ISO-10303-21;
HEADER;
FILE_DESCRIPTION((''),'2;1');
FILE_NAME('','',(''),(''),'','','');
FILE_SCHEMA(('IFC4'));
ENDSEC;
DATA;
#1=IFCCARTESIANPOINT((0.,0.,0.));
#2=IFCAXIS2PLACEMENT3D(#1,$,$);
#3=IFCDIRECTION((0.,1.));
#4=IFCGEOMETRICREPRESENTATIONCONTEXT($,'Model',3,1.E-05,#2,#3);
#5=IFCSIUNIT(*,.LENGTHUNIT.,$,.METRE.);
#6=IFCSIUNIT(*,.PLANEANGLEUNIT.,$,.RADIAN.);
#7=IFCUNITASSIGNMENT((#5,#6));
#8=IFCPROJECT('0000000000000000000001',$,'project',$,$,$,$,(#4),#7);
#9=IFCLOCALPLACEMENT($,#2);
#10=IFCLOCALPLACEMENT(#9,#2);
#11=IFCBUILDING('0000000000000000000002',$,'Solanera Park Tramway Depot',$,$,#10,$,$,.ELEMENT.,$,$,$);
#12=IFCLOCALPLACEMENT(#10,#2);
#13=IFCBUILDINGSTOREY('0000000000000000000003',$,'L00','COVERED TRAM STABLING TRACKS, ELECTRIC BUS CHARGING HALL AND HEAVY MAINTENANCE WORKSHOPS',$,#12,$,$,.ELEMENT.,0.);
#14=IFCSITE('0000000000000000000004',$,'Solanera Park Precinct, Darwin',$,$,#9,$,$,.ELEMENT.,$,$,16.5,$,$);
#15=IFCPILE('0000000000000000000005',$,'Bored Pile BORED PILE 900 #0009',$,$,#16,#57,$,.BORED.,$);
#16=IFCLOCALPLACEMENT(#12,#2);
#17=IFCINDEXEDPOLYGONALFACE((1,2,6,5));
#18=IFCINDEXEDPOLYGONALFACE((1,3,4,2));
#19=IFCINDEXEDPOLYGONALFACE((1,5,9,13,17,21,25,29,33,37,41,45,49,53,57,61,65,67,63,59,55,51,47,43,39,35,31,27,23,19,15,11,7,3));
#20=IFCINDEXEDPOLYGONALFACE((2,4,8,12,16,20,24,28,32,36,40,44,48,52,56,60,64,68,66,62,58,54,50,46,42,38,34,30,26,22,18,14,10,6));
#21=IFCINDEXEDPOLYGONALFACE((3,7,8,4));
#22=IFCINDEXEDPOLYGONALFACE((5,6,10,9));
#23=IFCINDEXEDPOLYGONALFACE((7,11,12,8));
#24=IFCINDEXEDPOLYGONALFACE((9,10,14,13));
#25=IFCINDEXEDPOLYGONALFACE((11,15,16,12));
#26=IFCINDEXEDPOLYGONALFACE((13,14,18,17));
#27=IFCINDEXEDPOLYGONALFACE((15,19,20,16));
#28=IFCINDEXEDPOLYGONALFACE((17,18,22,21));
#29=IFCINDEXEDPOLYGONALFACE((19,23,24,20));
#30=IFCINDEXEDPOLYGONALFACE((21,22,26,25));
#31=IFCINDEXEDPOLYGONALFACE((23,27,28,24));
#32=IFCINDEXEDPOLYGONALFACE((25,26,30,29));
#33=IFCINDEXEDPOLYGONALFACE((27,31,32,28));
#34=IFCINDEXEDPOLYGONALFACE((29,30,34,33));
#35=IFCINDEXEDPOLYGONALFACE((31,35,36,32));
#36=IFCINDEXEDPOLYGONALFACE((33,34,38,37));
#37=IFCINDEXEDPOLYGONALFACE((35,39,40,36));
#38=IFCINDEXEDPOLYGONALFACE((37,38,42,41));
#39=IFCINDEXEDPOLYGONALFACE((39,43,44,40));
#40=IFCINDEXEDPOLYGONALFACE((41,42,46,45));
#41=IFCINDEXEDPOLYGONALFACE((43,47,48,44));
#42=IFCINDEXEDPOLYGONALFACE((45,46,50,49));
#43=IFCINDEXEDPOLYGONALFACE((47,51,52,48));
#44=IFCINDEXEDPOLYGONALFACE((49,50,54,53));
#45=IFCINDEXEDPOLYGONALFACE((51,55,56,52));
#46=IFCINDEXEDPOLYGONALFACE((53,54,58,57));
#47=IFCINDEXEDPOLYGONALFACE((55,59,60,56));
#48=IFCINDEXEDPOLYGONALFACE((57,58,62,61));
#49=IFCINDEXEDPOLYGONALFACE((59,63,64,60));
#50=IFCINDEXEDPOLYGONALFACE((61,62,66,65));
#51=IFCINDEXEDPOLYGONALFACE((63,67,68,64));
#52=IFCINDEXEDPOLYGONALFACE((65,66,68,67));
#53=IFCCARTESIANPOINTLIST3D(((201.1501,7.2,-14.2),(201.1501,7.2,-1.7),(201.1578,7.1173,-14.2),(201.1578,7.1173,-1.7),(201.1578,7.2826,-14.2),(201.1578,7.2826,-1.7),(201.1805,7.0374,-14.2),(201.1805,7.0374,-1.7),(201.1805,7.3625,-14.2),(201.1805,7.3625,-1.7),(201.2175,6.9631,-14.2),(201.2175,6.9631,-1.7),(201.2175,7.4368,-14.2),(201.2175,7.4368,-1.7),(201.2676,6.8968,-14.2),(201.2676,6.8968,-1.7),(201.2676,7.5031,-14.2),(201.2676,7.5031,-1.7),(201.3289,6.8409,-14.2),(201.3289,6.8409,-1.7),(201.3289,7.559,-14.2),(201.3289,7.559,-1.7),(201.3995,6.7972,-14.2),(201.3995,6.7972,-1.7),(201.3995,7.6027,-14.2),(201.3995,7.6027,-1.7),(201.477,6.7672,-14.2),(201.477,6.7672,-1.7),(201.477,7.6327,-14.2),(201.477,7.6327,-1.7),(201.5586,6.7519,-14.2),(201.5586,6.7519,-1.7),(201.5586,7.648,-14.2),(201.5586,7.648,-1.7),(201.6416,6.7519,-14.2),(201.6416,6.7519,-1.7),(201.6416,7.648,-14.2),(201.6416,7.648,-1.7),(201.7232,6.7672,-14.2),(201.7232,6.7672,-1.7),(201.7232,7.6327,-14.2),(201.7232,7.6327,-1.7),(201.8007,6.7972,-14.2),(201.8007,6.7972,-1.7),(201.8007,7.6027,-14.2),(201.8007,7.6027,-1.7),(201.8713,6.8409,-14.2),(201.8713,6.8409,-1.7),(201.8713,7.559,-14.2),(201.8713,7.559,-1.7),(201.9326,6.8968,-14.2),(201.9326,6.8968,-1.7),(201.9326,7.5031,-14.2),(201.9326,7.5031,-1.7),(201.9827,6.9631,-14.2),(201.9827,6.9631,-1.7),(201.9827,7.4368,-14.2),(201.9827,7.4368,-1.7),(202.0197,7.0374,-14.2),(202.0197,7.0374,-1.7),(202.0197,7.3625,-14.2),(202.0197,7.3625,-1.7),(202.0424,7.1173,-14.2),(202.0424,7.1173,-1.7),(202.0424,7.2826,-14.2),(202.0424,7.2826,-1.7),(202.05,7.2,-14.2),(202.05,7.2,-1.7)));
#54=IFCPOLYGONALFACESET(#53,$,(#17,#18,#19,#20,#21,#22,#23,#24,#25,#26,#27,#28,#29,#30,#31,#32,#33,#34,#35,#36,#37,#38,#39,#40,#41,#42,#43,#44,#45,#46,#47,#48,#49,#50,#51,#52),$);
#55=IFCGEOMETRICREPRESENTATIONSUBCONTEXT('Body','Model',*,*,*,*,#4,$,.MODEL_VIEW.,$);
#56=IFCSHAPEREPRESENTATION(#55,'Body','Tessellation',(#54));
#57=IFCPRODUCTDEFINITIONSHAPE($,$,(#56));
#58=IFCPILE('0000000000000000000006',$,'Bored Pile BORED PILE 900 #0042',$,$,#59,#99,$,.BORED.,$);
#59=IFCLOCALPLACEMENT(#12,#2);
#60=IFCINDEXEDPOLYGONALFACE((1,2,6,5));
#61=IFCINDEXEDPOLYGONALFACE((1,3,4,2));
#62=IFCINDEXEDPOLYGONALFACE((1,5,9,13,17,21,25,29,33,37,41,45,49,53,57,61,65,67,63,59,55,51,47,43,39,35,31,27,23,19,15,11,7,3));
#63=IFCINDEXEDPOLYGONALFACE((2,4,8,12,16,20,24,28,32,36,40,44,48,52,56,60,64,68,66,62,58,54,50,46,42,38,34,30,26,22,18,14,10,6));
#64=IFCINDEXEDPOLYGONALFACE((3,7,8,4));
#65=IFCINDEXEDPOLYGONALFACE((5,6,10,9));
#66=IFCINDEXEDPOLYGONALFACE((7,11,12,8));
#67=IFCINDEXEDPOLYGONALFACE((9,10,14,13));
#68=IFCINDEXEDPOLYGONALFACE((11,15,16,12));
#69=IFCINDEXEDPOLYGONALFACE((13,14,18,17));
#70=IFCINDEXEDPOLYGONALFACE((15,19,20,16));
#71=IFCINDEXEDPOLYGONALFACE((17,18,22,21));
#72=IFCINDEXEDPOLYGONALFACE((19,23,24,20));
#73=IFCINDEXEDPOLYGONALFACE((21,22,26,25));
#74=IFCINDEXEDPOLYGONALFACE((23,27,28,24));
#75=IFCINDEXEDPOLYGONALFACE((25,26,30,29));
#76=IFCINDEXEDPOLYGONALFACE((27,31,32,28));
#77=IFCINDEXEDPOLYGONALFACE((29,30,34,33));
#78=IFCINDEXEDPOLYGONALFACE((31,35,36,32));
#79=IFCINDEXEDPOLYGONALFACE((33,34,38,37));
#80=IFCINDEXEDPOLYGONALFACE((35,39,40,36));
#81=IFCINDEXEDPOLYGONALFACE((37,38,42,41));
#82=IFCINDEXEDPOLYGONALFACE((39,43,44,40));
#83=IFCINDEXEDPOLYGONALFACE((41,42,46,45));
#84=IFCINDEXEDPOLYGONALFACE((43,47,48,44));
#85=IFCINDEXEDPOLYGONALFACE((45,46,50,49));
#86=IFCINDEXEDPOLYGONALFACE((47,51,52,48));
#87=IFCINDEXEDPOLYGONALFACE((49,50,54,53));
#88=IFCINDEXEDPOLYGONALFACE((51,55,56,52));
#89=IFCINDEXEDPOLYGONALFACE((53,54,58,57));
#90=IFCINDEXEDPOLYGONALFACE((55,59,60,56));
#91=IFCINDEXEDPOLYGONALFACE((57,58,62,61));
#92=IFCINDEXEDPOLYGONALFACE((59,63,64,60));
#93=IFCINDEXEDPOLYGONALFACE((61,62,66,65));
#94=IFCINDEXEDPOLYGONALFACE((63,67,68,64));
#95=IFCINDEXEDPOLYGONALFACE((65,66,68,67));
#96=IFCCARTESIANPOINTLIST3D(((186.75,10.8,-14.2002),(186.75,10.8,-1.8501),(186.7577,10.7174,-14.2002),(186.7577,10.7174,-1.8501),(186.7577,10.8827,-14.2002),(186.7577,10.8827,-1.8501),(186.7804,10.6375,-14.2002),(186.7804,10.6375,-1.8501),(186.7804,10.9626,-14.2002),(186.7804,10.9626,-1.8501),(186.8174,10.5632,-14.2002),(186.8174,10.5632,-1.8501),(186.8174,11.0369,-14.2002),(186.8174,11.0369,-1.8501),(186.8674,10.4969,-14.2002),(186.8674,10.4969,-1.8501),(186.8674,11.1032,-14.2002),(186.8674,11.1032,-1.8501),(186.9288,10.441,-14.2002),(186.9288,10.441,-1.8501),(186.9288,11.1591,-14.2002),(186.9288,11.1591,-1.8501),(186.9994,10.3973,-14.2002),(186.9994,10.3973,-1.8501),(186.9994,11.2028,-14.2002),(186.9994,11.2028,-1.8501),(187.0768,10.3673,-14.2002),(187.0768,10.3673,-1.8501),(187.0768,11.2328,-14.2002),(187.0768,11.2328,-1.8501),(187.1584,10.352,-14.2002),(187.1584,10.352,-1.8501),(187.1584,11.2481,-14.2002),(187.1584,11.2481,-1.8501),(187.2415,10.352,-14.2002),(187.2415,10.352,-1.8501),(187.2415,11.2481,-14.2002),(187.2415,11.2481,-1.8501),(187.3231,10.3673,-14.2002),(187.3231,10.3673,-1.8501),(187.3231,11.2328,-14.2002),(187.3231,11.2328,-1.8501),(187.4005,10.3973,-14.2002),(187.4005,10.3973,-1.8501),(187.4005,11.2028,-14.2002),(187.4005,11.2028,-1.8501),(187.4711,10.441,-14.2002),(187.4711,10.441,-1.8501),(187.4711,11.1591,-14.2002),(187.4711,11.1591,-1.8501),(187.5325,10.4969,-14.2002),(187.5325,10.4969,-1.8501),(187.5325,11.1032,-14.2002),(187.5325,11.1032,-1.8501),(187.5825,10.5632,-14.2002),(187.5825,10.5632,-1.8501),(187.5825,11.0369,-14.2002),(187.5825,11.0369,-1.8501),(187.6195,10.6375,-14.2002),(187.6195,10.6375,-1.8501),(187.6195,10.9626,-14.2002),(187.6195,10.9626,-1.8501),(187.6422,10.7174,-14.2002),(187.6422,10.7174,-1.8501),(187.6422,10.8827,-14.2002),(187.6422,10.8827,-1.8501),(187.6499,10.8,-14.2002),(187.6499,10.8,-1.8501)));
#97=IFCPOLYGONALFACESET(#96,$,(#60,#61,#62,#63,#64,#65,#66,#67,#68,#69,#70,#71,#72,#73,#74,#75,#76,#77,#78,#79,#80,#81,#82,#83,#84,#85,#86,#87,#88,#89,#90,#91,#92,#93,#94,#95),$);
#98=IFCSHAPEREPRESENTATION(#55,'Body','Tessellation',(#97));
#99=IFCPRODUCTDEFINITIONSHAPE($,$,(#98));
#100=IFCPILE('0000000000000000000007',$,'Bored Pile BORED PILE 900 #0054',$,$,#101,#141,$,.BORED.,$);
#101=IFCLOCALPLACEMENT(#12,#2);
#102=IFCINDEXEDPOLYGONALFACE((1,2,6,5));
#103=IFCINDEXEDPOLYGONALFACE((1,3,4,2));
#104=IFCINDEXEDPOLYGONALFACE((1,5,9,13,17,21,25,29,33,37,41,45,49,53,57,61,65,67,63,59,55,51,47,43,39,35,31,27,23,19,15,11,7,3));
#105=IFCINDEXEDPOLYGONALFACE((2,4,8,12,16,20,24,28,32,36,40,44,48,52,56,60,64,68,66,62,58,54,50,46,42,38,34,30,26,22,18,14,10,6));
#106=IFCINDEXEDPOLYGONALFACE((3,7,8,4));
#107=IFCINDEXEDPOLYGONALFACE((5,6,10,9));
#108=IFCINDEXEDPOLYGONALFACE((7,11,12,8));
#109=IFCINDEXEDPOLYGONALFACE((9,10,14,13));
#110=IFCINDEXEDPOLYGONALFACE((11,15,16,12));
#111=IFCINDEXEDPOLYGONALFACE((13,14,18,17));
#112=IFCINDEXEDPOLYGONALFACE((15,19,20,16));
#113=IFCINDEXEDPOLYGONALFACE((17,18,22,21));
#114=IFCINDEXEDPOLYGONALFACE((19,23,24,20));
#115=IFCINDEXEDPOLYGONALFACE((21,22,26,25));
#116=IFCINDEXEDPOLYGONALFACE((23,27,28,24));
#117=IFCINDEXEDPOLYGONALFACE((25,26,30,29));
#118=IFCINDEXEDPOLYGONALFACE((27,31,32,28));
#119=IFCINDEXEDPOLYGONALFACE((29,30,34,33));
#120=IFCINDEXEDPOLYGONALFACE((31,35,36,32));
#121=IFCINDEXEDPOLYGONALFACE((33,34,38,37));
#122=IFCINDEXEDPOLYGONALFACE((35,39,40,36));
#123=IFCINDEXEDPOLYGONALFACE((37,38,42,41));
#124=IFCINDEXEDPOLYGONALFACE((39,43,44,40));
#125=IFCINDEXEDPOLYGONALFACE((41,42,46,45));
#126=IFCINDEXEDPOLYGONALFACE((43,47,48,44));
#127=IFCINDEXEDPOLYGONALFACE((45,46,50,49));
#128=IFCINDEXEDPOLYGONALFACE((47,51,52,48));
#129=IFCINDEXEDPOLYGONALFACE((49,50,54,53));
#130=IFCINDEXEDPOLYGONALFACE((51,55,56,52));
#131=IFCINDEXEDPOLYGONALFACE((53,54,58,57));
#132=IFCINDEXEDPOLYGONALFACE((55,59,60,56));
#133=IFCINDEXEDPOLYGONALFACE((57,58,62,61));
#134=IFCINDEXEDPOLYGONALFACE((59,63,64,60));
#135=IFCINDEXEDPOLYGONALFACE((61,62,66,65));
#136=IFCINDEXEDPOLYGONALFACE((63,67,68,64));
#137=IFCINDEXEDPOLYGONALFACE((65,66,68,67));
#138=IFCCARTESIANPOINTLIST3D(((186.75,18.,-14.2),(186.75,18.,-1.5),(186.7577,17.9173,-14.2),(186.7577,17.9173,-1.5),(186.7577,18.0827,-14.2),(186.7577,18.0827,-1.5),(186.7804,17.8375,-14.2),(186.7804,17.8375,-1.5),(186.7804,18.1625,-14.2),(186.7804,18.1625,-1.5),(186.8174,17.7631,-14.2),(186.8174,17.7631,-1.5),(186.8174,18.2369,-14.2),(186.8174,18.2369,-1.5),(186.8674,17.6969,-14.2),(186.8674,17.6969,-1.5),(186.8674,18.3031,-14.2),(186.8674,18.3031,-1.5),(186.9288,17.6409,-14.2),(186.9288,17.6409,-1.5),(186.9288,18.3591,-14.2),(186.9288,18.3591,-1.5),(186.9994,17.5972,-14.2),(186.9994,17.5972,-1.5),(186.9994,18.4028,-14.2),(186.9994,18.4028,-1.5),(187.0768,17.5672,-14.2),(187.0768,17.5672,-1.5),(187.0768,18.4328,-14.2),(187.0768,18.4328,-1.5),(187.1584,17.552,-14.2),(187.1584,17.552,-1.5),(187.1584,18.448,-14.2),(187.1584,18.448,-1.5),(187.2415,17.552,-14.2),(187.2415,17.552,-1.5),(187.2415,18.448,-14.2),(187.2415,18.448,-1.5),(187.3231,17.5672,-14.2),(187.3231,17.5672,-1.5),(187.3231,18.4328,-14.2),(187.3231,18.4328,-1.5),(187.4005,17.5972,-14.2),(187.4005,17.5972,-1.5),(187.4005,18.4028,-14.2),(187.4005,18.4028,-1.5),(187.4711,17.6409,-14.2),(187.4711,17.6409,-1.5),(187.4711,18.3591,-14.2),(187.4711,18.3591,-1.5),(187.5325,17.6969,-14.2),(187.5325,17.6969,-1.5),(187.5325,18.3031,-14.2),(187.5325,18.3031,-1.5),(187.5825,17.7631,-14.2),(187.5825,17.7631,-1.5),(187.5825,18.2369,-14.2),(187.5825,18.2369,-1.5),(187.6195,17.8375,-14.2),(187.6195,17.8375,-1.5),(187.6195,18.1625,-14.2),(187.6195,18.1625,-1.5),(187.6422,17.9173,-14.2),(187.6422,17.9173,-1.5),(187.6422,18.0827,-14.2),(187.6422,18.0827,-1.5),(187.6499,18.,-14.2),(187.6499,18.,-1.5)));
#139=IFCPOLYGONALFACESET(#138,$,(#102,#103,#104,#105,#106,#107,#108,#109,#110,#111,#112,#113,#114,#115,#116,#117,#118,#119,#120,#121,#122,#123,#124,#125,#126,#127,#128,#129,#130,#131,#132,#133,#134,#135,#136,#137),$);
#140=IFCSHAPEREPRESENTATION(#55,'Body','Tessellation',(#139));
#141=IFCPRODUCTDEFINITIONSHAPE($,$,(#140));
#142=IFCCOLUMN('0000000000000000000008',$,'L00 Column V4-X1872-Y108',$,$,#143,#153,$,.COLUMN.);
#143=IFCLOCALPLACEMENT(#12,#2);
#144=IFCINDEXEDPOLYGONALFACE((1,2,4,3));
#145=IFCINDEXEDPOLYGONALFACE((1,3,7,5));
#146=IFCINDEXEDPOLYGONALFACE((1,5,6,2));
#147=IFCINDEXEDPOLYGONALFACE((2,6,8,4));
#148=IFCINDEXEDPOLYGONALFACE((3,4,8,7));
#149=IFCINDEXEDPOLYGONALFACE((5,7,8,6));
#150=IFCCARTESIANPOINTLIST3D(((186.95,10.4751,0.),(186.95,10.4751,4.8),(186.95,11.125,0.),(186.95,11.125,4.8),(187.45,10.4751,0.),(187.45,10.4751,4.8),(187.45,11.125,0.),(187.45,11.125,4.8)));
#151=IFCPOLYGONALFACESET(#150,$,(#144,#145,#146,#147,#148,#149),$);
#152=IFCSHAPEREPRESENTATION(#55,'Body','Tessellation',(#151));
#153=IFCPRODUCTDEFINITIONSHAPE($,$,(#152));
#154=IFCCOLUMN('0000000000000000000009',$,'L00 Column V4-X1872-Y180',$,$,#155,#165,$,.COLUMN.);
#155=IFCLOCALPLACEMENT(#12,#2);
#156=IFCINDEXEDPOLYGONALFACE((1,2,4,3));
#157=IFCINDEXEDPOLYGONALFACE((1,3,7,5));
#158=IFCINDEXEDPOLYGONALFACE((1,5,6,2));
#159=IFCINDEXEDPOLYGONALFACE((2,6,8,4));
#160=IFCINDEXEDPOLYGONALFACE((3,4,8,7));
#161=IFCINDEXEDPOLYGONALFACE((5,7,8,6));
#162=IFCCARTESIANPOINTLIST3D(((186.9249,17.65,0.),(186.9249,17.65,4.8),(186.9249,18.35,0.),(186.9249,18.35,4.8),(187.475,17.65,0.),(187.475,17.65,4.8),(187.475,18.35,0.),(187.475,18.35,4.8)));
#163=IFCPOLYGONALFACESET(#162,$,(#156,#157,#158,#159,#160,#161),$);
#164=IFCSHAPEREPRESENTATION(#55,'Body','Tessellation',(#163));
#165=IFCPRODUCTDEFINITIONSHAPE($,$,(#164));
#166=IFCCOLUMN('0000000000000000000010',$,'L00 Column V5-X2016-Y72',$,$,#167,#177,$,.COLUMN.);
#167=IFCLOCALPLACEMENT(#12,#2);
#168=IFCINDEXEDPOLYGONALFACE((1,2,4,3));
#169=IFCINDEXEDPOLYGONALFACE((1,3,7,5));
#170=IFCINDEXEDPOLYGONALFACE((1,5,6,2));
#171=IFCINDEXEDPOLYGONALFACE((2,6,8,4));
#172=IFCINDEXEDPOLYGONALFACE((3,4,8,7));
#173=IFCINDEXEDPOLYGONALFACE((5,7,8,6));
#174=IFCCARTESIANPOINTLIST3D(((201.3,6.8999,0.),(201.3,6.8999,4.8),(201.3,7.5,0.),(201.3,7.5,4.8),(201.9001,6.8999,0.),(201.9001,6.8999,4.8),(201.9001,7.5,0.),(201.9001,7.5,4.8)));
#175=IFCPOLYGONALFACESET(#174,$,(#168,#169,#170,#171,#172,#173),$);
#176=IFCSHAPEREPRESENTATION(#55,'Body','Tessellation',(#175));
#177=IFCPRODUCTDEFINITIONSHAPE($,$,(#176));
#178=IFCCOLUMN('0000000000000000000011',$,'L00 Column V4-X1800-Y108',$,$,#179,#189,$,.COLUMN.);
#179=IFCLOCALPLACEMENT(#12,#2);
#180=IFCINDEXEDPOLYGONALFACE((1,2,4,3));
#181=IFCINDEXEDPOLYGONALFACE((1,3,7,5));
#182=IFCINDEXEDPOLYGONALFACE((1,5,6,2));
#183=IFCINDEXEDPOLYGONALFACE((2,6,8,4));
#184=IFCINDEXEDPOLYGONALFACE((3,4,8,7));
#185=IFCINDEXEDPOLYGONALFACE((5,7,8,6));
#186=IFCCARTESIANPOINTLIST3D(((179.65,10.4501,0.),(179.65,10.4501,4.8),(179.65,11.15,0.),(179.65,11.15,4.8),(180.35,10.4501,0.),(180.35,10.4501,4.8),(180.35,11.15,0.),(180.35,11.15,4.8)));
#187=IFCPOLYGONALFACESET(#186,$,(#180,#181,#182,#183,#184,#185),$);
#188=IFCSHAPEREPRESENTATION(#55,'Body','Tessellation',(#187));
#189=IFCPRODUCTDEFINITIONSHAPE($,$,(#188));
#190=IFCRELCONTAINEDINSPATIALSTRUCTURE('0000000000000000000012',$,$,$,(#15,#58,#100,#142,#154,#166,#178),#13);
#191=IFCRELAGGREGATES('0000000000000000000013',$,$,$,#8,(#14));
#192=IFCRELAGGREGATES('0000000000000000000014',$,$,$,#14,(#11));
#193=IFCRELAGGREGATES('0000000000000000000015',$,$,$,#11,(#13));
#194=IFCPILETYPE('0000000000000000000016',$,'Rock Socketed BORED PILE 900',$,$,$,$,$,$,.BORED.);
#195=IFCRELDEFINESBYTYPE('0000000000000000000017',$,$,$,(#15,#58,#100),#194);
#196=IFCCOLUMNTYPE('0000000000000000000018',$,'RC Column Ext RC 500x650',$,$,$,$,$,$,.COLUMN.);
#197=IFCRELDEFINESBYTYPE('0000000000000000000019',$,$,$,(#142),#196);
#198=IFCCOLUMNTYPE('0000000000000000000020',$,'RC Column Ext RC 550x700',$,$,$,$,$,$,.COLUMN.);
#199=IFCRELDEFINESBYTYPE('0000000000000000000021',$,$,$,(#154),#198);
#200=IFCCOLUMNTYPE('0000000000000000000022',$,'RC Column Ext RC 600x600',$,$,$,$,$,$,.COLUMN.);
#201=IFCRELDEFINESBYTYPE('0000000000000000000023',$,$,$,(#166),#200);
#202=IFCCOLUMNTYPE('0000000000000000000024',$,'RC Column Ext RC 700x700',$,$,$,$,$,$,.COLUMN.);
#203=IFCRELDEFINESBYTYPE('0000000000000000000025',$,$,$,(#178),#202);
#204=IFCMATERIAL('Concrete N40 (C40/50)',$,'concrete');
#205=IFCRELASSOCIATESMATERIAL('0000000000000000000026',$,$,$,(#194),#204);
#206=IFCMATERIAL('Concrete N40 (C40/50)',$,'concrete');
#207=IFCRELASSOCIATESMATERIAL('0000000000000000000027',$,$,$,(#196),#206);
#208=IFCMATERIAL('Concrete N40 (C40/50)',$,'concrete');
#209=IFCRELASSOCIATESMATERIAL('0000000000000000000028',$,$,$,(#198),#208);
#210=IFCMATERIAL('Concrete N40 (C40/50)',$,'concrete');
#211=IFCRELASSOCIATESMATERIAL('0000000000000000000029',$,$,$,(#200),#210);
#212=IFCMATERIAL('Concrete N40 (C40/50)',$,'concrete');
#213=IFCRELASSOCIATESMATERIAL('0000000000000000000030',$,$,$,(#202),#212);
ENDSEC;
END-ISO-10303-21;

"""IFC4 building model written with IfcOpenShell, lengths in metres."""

from ifc_helpers import new_model, si_unit, direction, frame, origin, origin_2d, place, context, subcontext, project, spatial, rectangle, circle, extrude, material, material_profile, profile_set, type_object, element, save


model = new_model("IFC4")

# Units and contexts
model_context = context("Model", 3, precision=1e-05, world=origin(), true_north=direction((0.0, 1.0)))
body_context = subcontext(model_context, "Body", "Model", "MODEL_VIEW")
ifc_project = project(units=[si_unit("LENGTHUNIT", "METRE"), si_unit("PLANEANGLEUNIT", "RADIAN")], contexts=[model_context])

# Site, building, storey
site_placement = place(None, origin())
site = spatial("IfcSite", under=ifc_project, at=site_placement, Name="Solanera Park Precinct, Darwin", CompositionType="ELEMENT", RefElevation=16.5)
building_placement = place(site_placement, origin())
building = spatial("IfcBuilding", under=site, at=building_placement, Name="Solanera Park Tramway Depot", CompositionType="ELEMENT")
storey_placement = place(building_placement, origin())
storey = spatial("IfcBuildingStorey", under=building, at=storey_placement, Name="L00", Description="COVERED TRAM STABLING TRACKS, ELECTRIC BUS CHARGING HALL AND HEAVY MAINTENANCE WORKSHOPS", CompositionType="ELEMENT", Elevation=0.0)

# Piles
ifc_material_1 = material(Name="Concrete N40 (C40/50)", Category="concrete")
ifc_material_profile_1 = material_profile(ifc_material_1, circle(Radius=0.45, at=origin_2d()), Name="BORED PILE 900")
ifc_profile_set_1 = profile_set([ifc_material_profile_1], Name="Concrete N40 (C40/50)")
pile_type_1 = type_object("IfcPileType", Name="Rock Socketed BORED PILE 900", PredefinedType="BORED", material=ifc_profile_set_1)
pile_1_placement = place(storey_placement, frame((201.6001, 7.2, -1.7), z_axis=(0.0, 0.0, -1.0), x_axis=(1.0, 0.0, 0.0)))
element("IfcPile", 1, at=pile_1_placement, inside=storey, type_object=pile_type_1, Name="Bored Pile BORED PILE 900 #0009", PredefinedType="BORED", context=body_context, shape_type="SweptSolid", body=[
    extrude(circle(Radius=0.45, at=origin_2d()), origin(), (0.0, 0.0, 1.0), 12.5),
])
pile_2_placement = place(storey_placement, frame((187.2, 10.8, -1.8501), z_axis=(0.0, 0.0, -1.0), x_axis=(1.0, 0.0, 0.0)))
element("IfcPile", 2, at=pile_2_placement, inside=storey, type_object=pile_type_1, Name="Bored Pile BORED PILE 900 #0042", PredefinedType="BORED", context=body_context, shape_type="SweptSolid", body=[
    extrude(circle(Radius=0.45, at=origin_2d()), origin(), (0.0, 0.0, 1.0), 12.3501),
])
pile_3_placement = place(storey_placement, frame((187.2, 18.0, -1.5), z_axis=(0.0, 0.0, -1.0), x_axis=(1.0, 0.0, 0.0)))
element("IfcPile", 3, at=pile_3_placement, inside=storey, type_object=pile_type_1, Name="Bored Pile BORED PILE 900 #0054", PredefinedType="BORED", context=body_context, shape_type="SweptSolid", body=[
    extrude(circle(Radius=0.45, at=origin_2d()), origin(), (0.0, 0.0, 1.0), 12.7),
])

# Columns
ifc_material_2 = material(Name="Concrete N40 (C40/50)", Category="concrete")
ifc_material_profile_2 = material_profile(ifc_material_2, rectangle(XDim=0.5, YDim=0.6499, at=origin_2d()), Name="RC 500x650")
ifc_profile_set_2 = profile_set([ifc_material_profile_2], Name="Concrete N40 (C40/50)")
column_type_1 = type_object("IfcColumnType", Name="RC Column Ext RC 500x650", PredefinedType="COLUMN", material=ifc_profile_set_2)
column_1_placement = place(storey_placement, frame((187.2, 10.8, 0.0), z_axis=(0.0, 0.0, 1.0), x_axis=(1.0, 0.0, 0.0)))
element("IfcColumn", 4, at=column_1_placement, inside=storey, type_object=column_type_1, Name="L00 Column V4-X1872-Y108", PredefinedType="COLUMN", context=body_context, shape_type="SweptSolid", body=[
    extrude(rectangle(XDim=0.5, YDim=0.6499, at=origin_2d()), origin(), (0.0, 0.0, 1.0), 4.8),
])
ifc_material_3 = material(Name="Concrete N40 (C40/50)", Category="concrete")
ifc_material_profile_3 = material_profile(ifc_material_3, rectangle(XDim=0.55, YDim=0.7, at=origin_2d()), Name="RC 550x700")
ifc_profile_set_3 = profile_set([ifc_material_profile_3], Name="Concrete N40 (C40/50)")
column_type_2 = type_object("IfcColumnType", Name="RC Column Ext RC 550x700", PredefinedType="COLUMN", material=ifc_profile_set_3)
column_2_placement = place(storey_placement, frame((187.2, 18.0, 0.0), z_axis=(0.0, 0.0, 1.0), x_axis=(1.0, 0.0, 0.0)))
element("IfcColumn", 5, at=column_2_placement, inside=storey, type_object=column_type_2, Name="L00 Column V4-X1872-Y180", PredefinedType="COLUMN", context=body_context, shape_type="SweptSolid", body=[
    extrude(rectangle(XDim=0.55, YDim=0.7, at=origin_2d()), origin(), (0.0, 0.0, 1.0), 4.8),
])
ifc_material_4 = material(Name="Concrete N40 (C40/50)", Category="concrete")
ifc_material_profile_4 = material_profile(ifc_material_4, rectangle(XDim=0.6001, YDim=0.6001, at=origin_2d()), Name="RC 600x600")
ifc_profile_set_4 = profile_set([ifc_material_profile_4], Name="Concrete N40 (C40/50)")
column_type_3 = type_object("IfcColumnType", Name="RC Column Ext RC 600x600", PredefinedType="COLUMN", material=ifc_profile_set_4)
column_3_placement = place(storey_placement, frame((201.6001, 7.2, 0.0), z_axis=(0.0, 0.0, 1.0), x_axis=(1.0, 0.0, 0.0)))
element("IfcColumn", 6, at=column_3_placement, inside=storey, type_object=column_type_3, Name="L00 Column V5-X2016-Y72", PredefinedType="COLUMN", context=body_context, shape_type="SweptSolid", body=[
    extrude(rectangle(XDim=0.6001, YDim=0.6001, at=origin_2d()), origin(), (0.0, 0.0, 1.0), 4.8),
])
ifc_material_5 = material(Name="Concrete N40 (C40/50)", Category="concrete")
ifc_material_profile_5 = material_profile(ifc_material_5, rectangle(XDim=0.7, YDim=0.7, at=origin_2d()), Name="RC 700x700")
ifc_profile_set_5 = profile_set([ifc_material_profile_5], Name="Concrete N40 (C40/50)")
column_type_4 = type_object("IfcColumnType", Name="RC Column Ext RC 700x700", PredefinedType="COLUMN", material=ifc_profile_set_5)
column_4_placement = place(storey_placement, frame((180.0, 10.8, 0.0), z_axis=(0.0, 0.0, 1.0), x_axis=(1.0, 0.0, 0.0)))
element("IfcColumn", 7, at=column_4_placement, inside=storey, type_object=column_type_4, Name="L00 Column V4-X1800-Y108", PredefinedType="COLUMN", context=body_context, shape_type="SweptSolid", body=[
    extrude(rectangle(XDim=0.7, YDim=0.7, at=origin_2d()), origin(), (0.0, 0.0, 1.0), 4.8),
])

save(model, "model.ifc")
